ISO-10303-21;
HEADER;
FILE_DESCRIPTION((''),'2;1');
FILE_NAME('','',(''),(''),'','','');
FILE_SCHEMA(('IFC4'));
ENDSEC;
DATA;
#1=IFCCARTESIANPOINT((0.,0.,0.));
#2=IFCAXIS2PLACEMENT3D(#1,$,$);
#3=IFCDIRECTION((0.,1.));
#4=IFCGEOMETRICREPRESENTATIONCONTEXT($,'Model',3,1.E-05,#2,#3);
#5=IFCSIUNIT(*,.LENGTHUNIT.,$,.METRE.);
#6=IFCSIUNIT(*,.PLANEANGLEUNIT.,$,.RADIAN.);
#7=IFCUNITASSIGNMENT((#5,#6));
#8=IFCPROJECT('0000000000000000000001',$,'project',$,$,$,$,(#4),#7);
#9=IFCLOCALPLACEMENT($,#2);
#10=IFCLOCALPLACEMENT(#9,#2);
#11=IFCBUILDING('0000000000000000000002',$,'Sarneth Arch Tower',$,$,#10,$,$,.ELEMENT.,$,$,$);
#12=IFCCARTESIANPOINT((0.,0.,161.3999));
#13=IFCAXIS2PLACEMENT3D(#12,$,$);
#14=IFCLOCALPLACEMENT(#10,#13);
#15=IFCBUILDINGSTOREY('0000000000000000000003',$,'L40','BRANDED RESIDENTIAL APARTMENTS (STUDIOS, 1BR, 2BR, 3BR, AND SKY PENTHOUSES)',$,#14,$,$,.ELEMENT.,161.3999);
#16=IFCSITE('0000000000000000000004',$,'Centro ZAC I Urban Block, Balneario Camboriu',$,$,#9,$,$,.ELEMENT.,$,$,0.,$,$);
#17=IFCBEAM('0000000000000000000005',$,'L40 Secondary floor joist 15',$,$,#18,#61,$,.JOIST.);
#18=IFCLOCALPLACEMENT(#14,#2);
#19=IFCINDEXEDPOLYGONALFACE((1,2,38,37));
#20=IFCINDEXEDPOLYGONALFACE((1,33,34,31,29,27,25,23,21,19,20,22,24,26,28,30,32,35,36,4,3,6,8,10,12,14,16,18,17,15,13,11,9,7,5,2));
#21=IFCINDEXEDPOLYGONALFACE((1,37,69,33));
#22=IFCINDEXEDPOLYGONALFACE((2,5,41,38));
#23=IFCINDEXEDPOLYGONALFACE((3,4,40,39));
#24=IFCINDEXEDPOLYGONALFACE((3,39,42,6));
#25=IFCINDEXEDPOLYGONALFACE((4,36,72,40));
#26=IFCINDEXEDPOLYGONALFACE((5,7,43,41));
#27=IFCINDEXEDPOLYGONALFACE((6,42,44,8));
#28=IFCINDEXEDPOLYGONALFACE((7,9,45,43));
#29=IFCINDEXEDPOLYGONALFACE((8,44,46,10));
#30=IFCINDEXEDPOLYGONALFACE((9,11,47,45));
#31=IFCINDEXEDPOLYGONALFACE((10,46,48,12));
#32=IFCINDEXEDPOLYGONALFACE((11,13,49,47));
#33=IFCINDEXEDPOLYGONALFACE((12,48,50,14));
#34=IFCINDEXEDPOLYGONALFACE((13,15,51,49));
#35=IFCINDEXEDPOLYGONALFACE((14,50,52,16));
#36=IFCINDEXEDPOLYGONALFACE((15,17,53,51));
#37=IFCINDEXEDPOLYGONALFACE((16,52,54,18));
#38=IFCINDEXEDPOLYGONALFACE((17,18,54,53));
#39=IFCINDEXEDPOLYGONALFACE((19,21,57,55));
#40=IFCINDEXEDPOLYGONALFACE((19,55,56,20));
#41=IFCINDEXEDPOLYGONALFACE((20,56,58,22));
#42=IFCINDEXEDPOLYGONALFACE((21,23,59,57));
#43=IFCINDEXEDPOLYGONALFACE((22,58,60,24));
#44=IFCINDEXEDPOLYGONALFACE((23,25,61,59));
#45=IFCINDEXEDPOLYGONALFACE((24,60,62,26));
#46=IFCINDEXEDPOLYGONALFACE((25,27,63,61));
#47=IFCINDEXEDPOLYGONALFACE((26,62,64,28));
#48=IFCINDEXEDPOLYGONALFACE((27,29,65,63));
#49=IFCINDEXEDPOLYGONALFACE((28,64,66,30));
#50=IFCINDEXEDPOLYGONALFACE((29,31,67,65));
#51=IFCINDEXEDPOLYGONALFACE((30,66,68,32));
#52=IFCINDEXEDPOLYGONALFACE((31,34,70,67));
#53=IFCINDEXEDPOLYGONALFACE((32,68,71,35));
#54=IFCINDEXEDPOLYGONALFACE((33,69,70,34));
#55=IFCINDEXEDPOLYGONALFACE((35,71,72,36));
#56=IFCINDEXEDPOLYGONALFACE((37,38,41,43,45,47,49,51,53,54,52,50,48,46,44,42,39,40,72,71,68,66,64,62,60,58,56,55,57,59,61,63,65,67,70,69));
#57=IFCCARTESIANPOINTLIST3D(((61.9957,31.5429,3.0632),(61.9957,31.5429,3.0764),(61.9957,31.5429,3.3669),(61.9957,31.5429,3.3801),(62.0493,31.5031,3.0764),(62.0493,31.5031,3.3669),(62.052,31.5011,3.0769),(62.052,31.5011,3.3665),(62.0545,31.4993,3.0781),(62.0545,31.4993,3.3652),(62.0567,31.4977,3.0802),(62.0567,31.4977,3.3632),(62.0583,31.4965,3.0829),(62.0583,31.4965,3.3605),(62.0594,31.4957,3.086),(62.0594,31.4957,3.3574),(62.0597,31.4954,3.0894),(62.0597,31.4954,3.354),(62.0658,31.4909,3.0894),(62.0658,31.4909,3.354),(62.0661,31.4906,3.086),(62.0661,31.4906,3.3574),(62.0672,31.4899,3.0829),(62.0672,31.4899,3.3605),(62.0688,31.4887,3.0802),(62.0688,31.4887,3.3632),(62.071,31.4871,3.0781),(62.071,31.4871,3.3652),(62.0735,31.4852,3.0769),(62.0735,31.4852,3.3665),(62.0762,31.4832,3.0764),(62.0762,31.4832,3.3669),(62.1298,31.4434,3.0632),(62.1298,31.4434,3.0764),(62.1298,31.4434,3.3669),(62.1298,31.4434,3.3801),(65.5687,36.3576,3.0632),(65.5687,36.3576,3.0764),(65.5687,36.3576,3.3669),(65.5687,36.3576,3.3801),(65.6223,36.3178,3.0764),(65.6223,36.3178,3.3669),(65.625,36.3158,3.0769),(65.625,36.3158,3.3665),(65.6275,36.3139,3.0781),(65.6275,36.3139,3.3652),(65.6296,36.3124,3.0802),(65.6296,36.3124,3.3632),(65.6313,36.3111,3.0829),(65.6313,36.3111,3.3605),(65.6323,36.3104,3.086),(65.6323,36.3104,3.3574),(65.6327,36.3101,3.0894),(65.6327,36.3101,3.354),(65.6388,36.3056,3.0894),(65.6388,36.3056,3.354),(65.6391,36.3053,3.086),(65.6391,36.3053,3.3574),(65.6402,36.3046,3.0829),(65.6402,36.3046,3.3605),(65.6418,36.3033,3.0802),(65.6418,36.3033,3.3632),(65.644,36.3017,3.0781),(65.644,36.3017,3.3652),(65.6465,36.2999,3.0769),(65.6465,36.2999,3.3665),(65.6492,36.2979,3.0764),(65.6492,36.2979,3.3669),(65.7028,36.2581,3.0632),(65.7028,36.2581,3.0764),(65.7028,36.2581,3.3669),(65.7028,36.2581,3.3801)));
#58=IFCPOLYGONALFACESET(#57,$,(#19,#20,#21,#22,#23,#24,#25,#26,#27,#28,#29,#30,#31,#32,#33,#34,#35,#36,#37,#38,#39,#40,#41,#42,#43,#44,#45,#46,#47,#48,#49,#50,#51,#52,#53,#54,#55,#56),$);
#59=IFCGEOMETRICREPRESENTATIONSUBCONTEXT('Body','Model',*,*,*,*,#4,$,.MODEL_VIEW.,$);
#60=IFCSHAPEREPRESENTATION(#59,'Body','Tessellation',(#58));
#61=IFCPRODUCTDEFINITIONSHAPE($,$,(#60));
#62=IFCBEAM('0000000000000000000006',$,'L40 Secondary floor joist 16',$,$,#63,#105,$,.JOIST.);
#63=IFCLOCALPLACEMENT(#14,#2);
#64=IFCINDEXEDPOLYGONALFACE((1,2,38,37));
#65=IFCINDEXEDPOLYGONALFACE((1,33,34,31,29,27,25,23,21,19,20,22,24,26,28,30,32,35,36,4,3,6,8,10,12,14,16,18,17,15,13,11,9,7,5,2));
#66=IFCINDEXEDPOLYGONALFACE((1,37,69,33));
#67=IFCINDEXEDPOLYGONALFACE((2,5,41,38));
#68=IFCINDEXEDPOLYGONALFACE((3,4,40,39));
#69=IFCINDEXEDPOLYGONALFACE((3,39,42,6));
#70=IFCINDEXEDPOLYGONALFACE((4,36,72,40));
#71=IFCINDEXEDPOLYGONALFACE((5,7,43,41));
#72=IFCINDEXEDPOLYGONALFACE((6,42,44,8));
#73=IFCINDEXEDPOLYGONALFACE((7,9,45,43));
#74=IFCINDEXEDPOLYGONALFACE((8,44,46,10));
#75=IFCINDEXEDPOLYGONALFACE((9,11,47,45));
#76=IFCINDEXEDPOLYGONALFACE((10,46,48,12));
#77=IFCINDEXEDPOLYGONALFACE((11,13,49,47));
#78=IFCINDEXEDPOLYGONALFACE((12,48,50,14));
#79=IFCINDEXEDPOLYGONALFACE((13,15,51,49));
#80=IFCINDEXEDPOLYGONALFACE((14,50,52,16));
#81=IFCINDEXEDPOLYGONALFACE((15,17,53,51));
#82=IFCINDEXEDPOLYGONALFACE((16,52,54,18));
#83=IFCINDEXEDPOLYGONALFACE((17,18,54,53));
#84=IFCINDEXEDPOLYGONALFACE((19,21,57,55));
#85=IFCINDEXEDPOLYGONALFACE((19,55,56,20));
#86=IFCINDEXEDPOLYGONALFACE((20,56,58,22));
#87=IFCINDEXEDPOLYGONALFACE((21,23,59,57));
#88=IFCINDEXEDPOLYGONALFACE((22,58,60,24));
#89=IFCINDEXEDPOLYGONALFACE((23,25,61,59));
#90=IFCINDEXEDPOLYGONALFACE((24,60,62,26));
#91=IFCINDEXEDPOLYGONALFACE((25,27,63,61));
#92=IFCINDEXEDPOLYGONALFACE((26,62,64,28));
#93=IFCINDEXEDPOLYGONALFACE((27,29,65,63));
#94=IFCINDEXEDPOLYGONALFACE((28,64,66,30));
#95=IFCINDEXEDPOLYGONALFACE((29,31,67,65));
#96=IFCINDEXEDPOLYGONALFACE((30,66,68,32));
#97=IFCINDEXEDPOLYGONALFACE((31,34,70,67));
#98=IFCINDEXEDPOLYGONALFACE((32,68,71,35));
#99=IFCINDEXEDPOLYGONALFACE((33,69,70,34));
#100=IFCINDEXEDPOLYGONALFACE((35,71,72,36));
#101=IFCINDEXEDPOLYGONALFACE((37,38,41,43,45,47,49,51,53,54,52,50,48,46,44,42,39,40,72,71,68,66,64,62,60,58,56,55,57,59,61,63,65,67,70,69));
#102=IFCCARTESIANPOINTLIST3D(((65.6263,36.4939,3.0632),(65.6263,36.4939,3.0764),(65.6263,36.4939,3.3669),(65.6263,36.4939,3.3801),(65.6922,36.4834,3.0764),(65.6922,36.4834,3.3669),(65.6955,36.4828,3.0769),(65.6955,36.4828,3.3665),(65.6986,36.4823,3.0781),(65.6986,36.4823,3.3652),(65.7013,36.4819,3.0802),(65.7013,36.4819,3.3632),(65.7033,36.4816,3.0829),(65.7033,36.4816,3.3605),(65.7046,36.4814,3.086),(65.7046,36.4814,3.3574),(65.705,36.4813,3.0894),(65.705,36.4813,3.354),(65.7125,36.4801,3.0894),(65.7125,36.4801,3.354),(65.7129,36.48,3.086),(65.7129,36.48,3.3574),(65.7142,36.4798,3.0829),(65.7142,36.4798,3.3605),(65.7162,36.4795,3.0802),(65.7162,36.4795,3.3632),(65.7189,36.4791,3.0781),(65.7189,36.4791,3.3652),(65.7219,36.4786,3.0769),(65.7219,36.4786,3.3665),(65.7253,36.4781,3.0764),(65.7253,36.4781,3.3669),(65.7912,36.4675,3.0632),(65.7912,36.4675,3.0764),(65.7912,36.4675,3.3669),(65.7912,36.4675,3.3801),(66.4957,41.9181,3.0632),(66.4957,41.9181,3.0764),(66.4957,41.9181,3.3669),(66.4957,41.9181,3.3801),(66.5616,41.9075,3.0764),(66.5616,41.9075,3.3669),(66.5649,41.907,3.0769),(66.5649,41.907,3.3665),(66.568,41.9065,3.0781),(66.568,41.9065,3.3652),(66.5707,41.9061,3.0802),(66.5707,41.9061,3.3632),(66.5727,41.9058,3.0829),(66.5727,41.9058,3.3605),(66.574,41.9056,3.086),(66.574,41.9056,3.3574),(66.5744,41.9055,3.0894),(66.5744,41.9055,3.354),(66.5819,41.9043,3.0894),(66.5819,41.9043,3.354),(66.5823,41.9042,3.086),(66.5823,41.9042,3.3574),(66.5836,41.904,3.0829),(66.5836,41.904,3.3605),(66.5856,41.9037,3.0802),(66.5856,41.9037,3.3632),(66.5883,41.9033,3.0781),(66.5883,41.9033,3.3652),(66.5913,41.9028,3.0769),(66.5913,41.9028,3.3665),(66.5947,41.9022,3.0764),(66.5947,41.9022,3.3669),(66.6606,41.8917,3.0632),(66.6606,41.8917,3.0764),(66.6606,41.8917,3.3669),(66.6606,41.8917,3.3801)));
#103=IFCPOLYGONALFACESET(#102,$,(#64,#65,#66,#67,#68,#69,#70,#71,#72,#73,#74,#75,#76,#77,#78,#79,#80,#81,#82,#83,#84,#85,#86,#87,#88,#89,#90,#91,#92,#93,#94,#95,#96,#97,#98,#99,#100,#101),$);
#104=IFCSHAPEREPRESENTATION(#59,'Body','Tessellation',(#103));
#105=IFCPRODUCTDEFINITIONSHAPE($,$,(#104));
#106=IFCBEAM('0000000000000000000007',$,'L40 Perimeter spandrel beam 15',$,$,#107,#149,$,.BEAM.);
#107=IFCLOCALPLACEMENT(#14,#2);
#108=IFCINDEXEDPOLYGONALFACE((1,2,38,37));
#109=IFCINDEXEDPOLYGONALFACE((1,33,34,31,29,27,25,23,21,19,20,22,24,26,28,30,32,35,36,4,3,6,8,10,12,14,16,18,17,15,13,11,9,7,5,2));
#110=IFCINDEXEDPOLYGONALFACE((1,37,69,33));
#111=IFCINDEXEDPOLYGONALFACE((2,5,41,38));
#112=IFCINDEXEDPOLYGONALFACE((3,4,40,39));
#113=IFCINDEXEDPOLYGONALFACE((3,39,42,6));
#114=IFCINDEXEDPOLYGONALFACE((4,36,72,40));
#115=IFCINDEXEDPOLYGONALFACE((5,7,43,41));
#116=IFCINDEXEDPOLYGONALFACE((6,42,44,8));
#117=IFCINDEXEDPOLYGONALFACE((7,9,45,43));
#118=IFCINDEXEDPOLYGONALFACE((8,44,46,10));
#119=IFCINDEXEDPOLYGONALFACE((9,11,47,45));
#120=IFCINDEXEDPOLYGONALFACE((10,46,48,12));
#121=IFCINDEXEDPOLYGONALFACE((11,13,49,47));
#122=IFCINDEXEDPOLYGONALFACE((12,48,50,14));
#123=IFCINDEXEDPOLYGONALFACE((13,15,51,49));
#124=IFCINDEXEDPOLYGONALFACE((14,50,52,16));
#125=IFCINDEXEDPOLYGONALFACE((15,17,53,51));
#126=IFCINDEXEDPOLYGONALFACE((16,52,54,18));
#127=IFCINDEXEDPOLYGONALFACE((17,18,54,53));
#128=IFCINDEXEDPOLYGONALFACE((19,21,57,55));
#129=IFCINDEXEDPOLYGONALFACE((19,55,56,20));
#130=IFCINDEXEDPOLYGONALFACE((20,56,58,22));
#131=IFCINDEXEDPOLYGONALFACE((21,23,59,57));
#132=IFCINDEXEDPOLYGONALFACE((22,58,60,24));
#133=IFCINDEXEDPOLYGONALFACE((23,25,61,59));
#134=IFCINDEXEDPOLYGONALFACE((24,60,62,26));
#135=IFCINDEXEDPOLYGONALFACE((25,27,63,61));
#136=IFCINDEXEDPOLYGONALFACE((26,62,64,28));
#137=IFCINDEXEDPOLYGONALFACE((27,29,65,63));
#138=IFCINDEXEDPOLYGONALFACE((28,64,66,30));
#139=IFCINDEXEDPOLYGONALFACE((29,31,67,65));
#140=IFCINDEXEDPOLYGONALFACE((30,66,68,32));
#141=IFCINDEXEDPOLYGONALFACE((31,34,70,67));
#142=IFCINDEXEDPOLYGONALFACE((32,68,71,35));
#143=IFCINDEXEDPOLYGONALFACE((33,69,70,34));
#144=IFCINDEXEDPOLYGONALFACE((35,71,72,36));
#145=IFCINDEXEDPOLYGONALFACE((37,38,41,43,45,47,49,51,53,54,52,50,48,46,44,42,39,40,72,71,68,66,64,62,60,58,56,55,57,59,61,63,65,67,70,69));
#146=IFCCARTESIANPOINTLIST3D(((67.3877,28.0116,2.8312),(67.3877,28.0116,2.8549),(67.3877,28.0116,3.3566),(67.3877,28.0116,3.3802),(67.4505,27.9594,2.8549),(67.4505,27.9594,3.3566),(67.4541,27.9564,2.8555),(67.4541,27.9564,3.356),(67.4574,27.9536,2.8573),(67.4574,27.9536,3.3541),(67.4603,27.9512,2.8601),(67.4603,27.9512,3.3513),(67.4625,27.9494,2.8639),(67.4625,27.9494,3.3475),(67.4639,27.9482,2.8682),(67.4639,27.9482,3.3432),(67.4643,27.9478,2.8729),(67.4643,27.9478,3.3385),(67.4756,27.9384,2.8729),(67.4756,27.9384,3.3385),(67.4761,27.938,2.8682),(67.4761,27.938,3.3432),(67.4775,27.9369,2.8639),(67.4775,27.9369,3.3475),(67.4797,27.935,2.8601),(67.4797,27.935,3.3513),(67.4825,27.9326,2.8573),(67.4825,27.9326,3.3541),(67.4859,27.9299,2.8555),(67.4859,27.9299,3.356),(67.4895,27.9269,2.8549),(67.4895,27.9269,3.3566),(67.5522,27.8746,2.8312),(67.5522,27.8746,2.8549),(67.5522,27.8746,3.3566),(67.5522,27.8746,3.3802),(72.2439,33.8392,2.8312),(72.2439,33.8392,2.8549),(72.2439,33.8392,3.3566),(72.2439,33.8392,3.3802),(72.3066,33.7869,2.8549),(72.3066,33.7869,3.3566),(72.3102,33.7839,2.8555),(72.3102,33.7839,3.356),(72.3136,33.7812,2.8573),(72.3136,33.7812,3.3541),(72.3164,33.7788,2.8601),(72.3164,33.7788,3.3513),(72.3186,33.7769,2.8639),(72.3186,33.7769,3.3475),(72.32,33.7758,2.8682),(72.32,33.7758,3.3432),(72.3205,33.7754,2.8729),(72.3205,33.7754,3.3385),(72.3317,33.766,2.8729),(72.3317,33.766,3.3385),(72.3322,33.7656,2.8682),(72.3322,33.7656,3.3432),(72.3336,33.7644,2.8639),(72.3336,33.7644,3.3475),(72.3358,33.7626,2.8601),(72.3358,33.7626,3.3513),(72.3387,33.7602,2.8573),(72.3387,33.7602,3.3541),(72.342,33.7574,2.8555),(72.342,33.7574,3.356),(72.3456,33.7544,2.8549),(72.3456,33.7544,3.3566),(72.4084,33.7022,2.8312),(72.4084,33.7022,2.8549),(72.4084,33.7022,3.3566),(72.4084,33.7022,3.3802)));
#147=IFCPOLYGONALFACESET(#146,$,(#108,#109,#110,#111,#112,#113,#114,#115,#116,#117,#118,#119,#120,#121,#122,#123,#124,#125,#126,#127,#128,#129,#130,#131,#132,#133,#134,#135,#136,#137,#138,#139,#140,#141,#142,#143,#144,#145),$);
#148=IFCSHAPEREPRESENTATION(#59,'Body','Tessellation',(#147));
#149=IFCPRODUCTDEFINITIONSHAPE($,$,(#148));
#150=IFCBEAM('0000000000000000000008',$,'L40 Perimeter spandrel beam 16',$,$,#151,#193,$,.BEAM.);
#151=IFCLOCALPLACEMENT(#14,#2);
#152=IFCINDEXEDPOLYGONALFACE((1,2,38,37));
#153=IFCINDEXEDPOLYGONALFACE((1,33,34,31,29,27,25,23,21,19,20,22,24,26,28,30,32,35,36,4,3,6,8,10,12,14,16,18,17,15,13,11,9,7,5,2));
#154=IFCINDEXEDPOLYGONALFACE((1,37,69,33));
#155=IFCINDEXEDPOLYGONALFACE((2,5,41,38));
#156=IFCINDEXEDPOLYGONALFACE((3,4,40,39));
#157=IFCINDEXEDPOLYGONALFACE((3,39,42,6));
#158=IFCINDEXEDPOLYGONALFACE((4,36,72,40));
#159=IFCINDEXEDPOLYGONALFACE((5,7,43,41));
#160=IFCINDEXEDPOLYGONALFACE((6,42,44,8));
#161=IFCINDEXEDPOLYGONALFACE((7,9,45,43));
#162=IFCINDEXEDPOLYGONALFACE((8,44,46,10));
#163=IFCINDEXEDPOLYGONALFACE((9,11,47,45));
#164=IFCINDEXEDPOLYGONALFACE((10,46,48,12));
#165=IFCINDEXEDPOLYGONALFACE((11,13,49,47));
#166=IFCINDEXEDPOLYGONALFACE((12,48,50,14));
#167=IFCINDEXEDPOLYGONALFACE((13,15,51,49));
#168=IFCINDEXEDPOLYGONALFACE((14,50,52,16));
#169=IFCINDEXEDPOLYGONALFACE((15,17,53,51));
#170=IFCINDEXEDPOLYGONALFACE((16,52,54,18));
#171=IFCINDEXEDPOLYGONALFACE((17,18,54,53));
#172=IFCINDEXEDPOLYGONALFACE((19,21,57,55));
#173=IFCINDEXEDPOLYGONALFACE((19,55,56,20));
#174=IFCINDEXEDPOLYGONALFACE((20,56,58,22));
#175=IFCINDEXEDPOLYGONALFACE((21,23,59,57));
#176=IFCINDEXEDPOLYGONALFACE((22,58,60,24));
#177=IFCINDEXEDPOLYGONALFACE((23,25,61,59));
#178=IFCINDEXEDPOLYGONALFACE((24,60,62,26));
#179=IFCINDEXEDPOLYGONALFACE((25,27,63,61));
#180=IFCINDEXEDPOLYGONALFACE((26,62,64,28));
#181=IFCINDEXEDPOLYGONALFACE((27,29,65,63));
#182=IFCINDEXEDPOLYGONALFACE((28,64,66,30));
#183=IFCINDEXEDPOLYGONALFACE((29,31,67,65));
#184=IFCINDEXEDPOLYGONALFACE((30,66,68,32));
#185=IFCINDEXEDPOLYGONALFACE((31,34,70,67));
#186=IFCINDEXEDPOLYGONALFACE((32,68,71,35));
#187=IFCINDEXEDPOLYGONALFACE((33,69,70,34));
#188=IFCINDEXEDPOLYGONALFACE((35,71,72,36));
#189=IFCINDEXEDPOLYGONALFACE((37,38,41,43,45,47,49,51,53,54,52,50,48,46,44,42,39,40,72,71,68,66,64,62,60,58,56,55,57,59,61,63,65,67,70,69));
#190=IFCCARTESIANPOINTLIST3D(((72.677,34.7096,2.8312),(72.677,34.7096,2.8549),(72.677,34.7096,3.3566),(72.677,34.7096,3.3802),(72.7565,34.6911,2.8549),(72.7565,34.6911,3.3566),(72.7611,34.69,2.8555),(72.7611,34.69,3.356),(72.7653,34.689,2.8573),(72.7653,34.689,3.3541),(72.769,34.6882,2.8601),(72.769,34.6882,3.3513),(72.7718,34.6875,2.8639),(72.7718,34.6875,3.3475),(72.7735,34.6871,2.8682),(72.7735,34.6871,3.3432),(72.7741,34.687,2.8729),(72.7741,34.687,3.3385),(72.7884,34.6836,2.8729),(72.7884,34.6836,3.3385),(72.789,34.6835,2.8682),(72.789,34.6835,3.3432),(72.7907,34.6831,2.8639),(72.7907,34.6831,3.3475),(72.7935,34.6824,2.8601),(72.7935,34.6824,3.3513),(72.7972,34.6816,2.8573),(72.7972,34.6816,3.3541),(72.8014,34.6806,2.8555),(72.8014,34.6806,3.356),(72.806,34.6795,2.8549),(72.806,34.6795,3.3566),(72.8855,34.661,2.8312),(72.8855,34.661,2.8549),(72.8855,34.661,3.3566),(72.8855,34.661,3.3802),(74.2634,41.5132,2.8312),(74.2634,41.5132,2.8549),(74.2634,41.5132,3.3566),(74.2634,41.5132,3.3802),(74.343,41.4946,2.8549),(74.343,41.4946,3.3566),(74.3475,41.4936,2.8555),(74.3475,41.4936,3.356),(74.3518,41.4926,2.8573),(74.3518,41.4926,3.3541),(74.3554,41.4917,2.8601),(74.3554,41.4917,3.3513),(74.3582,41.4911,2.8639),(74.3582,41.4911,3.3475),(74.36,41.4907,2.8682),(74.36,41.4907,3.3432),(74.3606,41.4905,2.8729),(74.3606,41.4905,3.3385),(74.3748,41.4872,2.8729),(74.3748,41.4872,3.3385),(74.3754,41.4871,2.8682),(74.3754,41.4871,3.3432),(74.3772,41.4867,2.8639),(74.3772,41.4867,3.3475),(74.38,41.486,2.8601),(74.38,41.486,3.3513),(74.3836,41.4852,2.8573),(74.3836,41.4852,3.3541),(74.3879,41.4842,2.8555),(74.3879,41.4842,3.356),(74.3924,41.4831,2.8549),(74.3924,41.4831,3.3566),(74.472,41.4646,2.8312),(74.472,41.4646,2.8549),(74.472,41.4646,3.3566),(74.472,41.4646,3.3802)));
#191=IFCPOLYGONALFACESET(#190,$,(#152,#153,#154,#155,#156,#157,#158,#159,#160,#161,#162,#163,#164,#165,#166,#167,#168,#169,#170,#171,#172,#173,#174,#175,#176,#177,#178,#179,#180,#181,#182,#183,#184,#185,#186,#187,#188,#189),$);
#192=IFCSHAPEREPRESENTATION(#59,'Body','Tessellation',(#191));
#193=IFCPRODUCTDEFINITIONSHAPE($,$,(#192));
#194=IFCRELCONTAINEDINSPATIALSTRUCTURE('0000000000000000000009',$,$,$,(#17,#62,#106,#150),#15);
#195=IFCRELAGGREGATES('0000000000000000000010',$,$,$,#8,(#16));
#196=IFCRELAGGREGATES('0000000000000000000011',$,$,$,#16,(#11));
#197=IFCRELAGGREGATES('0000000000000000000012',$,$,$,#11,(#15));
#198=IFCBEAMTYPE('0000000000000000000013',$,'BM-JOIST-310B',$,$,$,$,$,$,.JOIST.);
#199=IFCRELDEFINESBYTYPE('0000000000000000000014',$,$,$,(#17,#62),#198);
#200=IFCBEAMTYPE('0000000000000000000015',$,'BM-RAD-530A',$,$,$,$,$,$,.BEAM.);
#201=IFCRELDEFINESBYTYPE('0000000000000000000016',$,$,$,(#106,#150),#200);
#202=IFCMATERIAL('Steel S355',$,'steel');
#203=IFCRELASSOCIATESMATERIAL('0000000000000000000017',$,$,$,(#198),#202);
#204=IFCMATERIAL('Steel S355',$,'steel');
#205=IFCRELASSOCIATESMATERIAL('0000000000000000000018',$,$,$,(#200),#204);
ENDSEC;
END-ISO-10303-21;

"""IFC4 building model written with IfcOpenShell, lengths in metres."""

from ifc_helpers import new_model, si_unit, direction, frame, origin, origin_2d, place, context, subcontext, project, spatial, i_section, extrude, material, material_profile, profile_set, type_object, element, save


model = new_model("IFC4")

# Units and contexts
model_context = context("Model", 3, precision=1e-05, world=origin(), true_north=direction((0.0, 1.0)))
body_context = subcontext(model_context, "Body", "Model", "MODEL_VIEW")
ifc_project = project(units=[si_unit("LENGTHUNIT", "METRE"), si_unit("PLANEANGLEUNIT", "RADIAN")], contexts=[model_context])

# Site, building, storey
site_placement = place(None, origin())
site = spatial("IfcSite", under=ifc_project, at=site_placement, Name="Centro ZAC I Urban Block, Balneario Camboriu", CompositionType="ELEMENT", RefElevation=0.0)
building_placement = place(site_placement, origin())
building = spatial("IfcBuilding", under=site, at=building_placement, Name="Sarneth Arch Tower", CompositionType="ELEMENT")
storey_placement = place(building_placement, frame((0.0, 0.0, 161.3999)))
storey = spatial("IfcBuildingStorey", under=building, at=storey_placement, Name="L40", Description="BRANDED RESIDENTIAL APARTMENTS (STUDIOS, 1BR, 2BR, 3BR, AND SKY PENTHOUSES)", CompositionType="ELEMENT", Elevation=161.3999)

# Beams
ifc_material_1 = material(Name="Steel S355", Category="steel")
ifc_material_profile_1 = material_profile(ifc_material_1, i_section(OverallWidth=0.167, OverallDepth=0.3169, WebThickness=0.0076, FlangeThickness=0.0132, FilletRadius=0.0129, at=origin_2d()), Name="W310x52")
ifc_profile_set_1 = profile_set([ifc_material_profile_1], Name="Steel S355")
beam_type_1 = type_object("IfcBeamType", Name="BM-JOIST-310B", PredefinedType="JOIST", material=ifc_profile_set_1)
beam_1_placement = place(storey_placement, frame((62.0627, 31.4932, 3.2217), z_axis=(0.595933, 0.803034, 0.0), x_axis=(-0.803034, 0.595933, 0.0)))
element("IfcBeam", 1, at=beam_1_placement, inside=storey, type_object=beam_type_1, Name="L40 Secondary floor joist 15", PredefinedType="JOIST", context=body_context, shape_type="SweptSolid", body=[
    extrude(i_section(OverallWidth=0.167, OverallDepth=0.3169, WebThickness=0.0076, FlangeThickness=0.0132, FilletRadius=0.0129, at=origin_2d()), origin(), (0.0, 0.0, 1.0), 5.9956),
])
beam_2_placement = place(storey_placement, frame((65.7087, 36.4807, 3.2217), z_axis=(0.158263, 0.987397, 0.0), x_axis=(-0.987397, 0.158263, 0.0)))
element("IfcBeam", 2, at=beam_2_placement, inside=storey, type_object=beam_type_1, Name="L40 Secondary floor joist 16", PredefinedType="JOIST", context=body_context, shape_type="SweptSolid", body=[
    extrude(i_section(OverallWidth=0.167, OverallDepth=0.3169, WebThickness=0.0076, FlangeThickness=0.0132, FilletRadius=0.0129, at=origin_2d()), origin(), (0.0, 0.0, 1.0), 5.4934),
])
ifc_material_2 = material(Name="Steel S355", Category="steel")
ifc_material_profile_2 = material_profile(ifc_material_2, i_section(OverallWidth=0.2141, OverallDepth=0.5491, WebThickness=0.0146, FlangeThickness=0.0237, FilletRadius=0.0181, at=origin_2d()), Name="W530x138")
ifc_profile_set_2 = profile_set([ifc_material_profile_2], Name="Steel S355")
beam_type_2 = type_object("IfcBeamType", Name="BM-RAD-530A", PredefinedType="BEAM", material=ifc_profile_set_2)
beam_3_placement = place(storey_placement, frame((67.47, 27.9431, 3.1057), z_axis=(0.640172, 0.768232, 0.0), x_axis=(-0.768232, 0.640172, 0.0)))
element("IfcBeam", 3, at=beam_3_placement, inside=storey, type_object=beam_type_2, Name="L40 Perimeter spandrel beam 15", PredefinedType="BEAM", context=body_context, shape_type="SweptSolid", body=[
    extrude(i_section(OverallWidth=0.2141, OverallDepth=0.5491, WebThickness=0.0146, FlangeThickness=0.0237, FilletRadius=0.0181, at=origin_2d()), origin(), (0.0, 0.0, 1.0), 7.5857),
])
beam_4_placement = place(storey_placement, frame((72.7812, 34.6853, 3.1057), z_axis=(0.227087, 0.973874, 0.0), x_axis=(-0.973874, 0.227087, 0.0)))
element("IfcBeam", 4, at=beam_4_placement, inside=storey, type_object=beam_type_2, Name="L40 Perimeter spandrel beam 16", PredefinedType="BEAM", context=body_context, shape_type="SweptSolid", body=[
    extrude(i_section(OverallWidth=0.2141, OverallDepth=0.5491, WebThickness=0.0146, FlangeThickness=0.0237, FilletRadius=0.0181, at=origin_2d()), origin(), (0.0, 0.0, 1.0), 6.9861),
])

save(model, "model.ifc")
